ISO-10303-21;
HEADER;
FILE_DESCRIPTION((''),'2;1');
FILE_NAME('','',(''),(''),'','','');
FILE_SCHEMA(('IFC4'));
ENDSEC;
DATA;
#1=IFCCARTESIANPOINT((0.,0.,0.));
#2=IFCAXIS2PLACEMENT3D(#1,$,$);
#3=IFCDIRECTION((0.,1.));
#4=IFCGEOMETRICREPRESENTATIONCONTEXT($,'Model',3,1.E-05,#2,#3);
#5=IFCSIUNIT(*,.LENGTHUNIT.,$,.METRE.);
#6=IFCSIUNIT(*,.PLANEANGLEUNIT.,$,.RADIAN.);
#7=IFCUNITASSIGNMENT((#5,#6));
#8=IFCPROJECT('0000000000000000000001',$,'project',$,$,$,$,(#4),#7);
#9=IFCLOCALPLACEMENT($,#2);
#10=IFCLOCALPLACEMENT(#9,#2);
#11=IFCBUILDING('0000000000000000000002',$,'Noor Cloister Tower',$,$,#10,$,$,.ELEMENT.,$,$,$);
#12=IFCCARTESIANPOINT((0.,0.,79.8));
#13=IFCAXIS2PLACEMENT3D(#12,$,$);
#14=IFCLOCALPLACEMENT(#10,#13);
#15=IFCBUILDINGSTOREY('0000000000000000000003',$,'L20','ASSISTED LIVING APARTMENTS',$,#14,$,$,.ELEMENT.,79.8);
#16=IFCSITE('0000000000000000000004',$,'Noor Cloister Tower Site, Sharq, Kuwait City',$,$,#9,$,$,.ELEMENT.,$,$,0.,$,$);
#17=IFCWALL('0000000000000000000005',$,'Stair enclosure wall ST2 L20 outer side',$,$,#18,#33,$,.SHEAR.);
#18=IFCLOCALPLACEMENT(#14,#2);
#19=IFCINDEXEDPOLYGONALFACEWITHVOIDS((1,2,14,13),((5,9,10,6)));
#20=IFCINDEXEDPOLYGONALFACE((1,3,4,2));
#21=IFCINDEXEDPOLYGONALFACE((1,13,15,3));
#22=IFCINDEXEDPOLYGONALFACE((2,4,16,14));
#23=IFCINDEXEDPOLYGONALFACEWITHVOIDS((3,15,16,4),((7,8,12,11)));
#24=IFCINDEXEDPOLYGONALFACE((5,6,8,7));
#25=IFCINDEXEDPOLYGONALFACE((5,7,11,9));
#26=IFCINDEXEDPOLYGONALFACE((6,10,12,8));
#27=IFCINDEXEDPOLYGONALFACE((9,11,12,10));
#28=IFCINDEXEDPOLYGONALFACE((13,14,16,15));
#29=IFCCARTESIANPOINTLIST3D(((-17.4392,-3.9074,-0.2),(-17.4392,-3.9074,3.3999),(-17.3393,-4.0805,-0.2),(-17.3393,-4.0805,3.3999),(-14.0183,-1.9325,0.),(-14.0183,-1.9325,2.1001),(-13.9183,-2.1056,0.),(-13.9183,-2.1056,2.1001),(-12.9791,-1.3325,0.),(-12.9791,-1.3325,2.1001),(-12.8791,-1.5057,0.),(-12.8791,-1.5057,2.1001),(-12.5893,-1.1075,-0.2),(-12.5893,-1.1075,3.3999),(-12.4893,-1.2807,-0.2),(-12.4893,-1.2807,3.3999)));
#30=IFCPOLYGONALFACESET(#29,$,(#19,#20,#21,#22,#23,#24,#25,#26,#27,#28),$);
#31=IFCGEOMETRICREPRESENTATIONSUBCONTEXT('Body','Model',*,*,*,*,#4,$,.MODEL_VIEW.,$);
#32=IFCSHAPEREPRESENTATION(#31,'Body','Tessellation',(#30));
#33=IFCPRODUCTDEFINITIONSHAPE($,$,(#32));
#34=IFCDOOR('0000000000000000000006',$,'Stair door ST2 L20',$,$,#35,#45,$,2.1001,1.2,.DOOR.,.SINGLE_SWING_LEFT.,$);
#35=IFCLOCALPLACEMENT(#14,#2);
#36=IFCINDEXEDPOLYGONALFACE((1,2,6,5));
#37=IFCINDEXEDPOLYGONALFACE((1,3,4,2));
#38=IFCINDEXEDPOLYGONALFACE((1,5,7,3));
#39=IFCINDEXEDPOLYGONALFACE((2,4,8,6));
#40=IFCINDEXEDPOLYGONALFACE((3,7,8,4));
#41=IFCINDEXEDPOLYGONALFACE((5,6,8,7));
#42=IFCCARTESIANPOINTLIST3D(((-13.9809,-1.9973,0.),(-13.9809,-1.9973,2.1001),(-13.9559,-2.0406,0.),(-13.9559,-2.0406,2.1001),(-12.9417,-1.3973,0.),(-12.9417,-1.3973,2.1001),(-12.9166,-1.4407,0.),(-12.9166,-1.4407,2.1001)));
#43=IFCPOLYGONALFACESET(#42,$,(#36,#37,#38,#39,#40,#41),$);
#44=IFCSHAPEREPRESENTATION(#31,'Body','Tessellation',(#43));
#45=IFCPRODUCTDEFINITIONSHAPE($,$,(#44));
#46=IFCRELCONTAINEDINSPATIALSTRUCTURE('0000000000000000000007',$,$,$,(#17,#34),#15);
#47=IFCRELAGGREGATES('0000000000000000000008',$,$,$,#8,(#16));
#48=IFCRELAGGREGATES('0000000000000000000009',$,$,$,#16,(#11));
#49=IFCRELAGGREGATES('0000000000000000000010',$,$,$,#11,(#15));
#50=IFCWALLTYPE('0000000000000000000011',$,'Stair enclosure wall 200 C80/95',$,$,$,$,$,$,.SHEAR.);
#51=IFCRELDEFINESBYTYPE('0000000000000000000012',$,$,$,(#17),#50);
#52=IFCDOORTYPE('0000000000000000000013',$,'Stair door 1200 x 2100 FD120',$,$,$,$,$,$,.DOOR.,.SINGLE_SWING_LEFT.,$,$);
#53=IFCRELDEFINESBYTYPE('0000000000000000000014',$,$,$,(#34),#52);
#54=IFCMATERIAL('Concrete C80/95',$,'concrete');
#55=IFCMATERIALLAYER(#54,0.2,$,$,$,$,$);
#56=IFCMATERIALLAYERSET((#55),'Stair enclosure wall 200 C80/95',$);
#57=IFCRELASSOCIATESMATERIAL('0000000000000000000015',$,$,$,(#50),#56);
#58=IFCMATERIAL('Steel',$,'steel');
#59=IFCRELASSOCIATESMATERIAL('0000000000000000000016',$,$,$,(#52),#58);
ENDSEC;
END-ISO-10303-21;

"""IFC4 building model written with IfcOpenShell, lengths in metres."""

from ifc_helpers import new_model, si_unit, direction, frame, frame_2d, origin, place, context, subcontext, project, spatial, rectangle, extrude, material, layer, layer_set, type_object, element, fill, save


model = new_model("IFC4")

# Units and contexts
model_context = context("Model", 3, precision=1e-05, world=origin(), true_north=direction((0.0, 1.0)))
body_context = subcontext(model_context, "Body", "Model", "MODEL_VIEW")
ifc_project = project(units=[si_unit("LENGTHUNIT", "METRE"), si_unit("PLANEANGLEUNIT", "RADIAN")], contexts=[model_context])

# Site, building, storey
site_placement = place(None, origin())
site = spatial("IfcSite", under=ifc_project, at=site_placement, Name="Noor Cloister Tower Site, Sharq, Kuwait City", CompositionType="ELEMENT", RefElevation=0.0)
building_placement = place(site_placement, origin())
building = spatial("IfcBuilding", under=site, at=building_placement, Name="Noor Cloister Tower", CompositionType="ELEMENT")
storey_placement = place(building_placement, frame((0.0, 0.0, 79.8)))
storey = spatial("IfcBuildingStorey", under=building, at=storey_placement, Name="L20", Description="ASSISTED LIVING APARTMENTS", CompositionType="ELEMENT", Elevation=79.8)

# Wall, opening, door
ifc_material_1 = material(Name="Concrete C80/95", Category="concrete")
ifc_layer_1 = layer(ifc_material_1, 0.2)
ifc_layer_set_1 = layer_set([ifc_layer_1], Name="Stair enclosure wall 200 C80/95")
wall_type_1 = type_object("IfcWallType", Name="Stair enclosure wall 200 C80/95", PredefinedType="SHEAR", material=ifc_layer_set_1)
wall_1_placement = place(storey_placement, frame((-12.5393, -1.1941, -0.2), z_axis=(0.0, 0.0, 1.0), x_axis=(-0.866045, -0.499965, 0.0)))
wall_1 = element("IfcWall", 1, at=wall_1_placement, inside=storey, type_object=wall_type_1, Name="Stair enclosure wall ST2 L20 outer side", PredefinedType="SHEAR", context=body_context, shape_type="SweptSolid", body=[
    extrude(rectangle(XDim=5.6001, YDim=0.2, at=frame_2d((2.8, 0.0))), origin(), (0.0, 0.0, 1.0), 3.5999),
])
opening_1_placement = place(wall_1_placement, frame((0.45, 0.0, 0.2)))
opening_1 = element("IfcOpeningElement", 2, at=opening_1_placement, cuts=wall_1, PredefinedType="OPENING", context=body_context, shape_type="SweptSolid", body=[
    extrude(rectangle(XDim=1.2, YDim=2.1001, at=frame_2d((0.6001, 1.05))), frame((0.0, 0.1099, 0.0), z_axis=(0.0, -1.0, 0.0), x_axis=(1.0, 0.0, 0.0)), (0.0, 0.0, 1.0), 0.22),
])
ifc_material_2 = material(Name="Steel", Category="steel")
door_type_1 = type_object("IfcDoorType", Name="Stair door 1200 x 2100 FD120", OperationType="SINGLE_SWING_LEFT", PredefinedType="DOOR", material=ifc_material_2)
door_1_placement = place(opening_1_placement, origin())
door_1 = element("IfcDoor", 3, at=door_1_placement, inside=storey, type_object=door_type_1, Name="Stair door ST2 L20", OperationType="SINGLE_SWING_LEFT", OverallHeight=2.1001, OverallWidth=1.2, PredefinedType="DOOR", context=body_context, shape_type="SweptSolid", body=[
    extrude(rectangle(XDim=1.2, YDim=2.1001, at=frame_2d((0.6001, 1.05))), frame((0.0, 0.0249, 0.0), z_axis=(0.0, -1.0, 0.0), x_axis=(1.0, 0.0, 0.0)), (0.0, 0.0, 1.0), 0.05),
])
fill(opening_1, door_1)

save(model, "model.ifc")
